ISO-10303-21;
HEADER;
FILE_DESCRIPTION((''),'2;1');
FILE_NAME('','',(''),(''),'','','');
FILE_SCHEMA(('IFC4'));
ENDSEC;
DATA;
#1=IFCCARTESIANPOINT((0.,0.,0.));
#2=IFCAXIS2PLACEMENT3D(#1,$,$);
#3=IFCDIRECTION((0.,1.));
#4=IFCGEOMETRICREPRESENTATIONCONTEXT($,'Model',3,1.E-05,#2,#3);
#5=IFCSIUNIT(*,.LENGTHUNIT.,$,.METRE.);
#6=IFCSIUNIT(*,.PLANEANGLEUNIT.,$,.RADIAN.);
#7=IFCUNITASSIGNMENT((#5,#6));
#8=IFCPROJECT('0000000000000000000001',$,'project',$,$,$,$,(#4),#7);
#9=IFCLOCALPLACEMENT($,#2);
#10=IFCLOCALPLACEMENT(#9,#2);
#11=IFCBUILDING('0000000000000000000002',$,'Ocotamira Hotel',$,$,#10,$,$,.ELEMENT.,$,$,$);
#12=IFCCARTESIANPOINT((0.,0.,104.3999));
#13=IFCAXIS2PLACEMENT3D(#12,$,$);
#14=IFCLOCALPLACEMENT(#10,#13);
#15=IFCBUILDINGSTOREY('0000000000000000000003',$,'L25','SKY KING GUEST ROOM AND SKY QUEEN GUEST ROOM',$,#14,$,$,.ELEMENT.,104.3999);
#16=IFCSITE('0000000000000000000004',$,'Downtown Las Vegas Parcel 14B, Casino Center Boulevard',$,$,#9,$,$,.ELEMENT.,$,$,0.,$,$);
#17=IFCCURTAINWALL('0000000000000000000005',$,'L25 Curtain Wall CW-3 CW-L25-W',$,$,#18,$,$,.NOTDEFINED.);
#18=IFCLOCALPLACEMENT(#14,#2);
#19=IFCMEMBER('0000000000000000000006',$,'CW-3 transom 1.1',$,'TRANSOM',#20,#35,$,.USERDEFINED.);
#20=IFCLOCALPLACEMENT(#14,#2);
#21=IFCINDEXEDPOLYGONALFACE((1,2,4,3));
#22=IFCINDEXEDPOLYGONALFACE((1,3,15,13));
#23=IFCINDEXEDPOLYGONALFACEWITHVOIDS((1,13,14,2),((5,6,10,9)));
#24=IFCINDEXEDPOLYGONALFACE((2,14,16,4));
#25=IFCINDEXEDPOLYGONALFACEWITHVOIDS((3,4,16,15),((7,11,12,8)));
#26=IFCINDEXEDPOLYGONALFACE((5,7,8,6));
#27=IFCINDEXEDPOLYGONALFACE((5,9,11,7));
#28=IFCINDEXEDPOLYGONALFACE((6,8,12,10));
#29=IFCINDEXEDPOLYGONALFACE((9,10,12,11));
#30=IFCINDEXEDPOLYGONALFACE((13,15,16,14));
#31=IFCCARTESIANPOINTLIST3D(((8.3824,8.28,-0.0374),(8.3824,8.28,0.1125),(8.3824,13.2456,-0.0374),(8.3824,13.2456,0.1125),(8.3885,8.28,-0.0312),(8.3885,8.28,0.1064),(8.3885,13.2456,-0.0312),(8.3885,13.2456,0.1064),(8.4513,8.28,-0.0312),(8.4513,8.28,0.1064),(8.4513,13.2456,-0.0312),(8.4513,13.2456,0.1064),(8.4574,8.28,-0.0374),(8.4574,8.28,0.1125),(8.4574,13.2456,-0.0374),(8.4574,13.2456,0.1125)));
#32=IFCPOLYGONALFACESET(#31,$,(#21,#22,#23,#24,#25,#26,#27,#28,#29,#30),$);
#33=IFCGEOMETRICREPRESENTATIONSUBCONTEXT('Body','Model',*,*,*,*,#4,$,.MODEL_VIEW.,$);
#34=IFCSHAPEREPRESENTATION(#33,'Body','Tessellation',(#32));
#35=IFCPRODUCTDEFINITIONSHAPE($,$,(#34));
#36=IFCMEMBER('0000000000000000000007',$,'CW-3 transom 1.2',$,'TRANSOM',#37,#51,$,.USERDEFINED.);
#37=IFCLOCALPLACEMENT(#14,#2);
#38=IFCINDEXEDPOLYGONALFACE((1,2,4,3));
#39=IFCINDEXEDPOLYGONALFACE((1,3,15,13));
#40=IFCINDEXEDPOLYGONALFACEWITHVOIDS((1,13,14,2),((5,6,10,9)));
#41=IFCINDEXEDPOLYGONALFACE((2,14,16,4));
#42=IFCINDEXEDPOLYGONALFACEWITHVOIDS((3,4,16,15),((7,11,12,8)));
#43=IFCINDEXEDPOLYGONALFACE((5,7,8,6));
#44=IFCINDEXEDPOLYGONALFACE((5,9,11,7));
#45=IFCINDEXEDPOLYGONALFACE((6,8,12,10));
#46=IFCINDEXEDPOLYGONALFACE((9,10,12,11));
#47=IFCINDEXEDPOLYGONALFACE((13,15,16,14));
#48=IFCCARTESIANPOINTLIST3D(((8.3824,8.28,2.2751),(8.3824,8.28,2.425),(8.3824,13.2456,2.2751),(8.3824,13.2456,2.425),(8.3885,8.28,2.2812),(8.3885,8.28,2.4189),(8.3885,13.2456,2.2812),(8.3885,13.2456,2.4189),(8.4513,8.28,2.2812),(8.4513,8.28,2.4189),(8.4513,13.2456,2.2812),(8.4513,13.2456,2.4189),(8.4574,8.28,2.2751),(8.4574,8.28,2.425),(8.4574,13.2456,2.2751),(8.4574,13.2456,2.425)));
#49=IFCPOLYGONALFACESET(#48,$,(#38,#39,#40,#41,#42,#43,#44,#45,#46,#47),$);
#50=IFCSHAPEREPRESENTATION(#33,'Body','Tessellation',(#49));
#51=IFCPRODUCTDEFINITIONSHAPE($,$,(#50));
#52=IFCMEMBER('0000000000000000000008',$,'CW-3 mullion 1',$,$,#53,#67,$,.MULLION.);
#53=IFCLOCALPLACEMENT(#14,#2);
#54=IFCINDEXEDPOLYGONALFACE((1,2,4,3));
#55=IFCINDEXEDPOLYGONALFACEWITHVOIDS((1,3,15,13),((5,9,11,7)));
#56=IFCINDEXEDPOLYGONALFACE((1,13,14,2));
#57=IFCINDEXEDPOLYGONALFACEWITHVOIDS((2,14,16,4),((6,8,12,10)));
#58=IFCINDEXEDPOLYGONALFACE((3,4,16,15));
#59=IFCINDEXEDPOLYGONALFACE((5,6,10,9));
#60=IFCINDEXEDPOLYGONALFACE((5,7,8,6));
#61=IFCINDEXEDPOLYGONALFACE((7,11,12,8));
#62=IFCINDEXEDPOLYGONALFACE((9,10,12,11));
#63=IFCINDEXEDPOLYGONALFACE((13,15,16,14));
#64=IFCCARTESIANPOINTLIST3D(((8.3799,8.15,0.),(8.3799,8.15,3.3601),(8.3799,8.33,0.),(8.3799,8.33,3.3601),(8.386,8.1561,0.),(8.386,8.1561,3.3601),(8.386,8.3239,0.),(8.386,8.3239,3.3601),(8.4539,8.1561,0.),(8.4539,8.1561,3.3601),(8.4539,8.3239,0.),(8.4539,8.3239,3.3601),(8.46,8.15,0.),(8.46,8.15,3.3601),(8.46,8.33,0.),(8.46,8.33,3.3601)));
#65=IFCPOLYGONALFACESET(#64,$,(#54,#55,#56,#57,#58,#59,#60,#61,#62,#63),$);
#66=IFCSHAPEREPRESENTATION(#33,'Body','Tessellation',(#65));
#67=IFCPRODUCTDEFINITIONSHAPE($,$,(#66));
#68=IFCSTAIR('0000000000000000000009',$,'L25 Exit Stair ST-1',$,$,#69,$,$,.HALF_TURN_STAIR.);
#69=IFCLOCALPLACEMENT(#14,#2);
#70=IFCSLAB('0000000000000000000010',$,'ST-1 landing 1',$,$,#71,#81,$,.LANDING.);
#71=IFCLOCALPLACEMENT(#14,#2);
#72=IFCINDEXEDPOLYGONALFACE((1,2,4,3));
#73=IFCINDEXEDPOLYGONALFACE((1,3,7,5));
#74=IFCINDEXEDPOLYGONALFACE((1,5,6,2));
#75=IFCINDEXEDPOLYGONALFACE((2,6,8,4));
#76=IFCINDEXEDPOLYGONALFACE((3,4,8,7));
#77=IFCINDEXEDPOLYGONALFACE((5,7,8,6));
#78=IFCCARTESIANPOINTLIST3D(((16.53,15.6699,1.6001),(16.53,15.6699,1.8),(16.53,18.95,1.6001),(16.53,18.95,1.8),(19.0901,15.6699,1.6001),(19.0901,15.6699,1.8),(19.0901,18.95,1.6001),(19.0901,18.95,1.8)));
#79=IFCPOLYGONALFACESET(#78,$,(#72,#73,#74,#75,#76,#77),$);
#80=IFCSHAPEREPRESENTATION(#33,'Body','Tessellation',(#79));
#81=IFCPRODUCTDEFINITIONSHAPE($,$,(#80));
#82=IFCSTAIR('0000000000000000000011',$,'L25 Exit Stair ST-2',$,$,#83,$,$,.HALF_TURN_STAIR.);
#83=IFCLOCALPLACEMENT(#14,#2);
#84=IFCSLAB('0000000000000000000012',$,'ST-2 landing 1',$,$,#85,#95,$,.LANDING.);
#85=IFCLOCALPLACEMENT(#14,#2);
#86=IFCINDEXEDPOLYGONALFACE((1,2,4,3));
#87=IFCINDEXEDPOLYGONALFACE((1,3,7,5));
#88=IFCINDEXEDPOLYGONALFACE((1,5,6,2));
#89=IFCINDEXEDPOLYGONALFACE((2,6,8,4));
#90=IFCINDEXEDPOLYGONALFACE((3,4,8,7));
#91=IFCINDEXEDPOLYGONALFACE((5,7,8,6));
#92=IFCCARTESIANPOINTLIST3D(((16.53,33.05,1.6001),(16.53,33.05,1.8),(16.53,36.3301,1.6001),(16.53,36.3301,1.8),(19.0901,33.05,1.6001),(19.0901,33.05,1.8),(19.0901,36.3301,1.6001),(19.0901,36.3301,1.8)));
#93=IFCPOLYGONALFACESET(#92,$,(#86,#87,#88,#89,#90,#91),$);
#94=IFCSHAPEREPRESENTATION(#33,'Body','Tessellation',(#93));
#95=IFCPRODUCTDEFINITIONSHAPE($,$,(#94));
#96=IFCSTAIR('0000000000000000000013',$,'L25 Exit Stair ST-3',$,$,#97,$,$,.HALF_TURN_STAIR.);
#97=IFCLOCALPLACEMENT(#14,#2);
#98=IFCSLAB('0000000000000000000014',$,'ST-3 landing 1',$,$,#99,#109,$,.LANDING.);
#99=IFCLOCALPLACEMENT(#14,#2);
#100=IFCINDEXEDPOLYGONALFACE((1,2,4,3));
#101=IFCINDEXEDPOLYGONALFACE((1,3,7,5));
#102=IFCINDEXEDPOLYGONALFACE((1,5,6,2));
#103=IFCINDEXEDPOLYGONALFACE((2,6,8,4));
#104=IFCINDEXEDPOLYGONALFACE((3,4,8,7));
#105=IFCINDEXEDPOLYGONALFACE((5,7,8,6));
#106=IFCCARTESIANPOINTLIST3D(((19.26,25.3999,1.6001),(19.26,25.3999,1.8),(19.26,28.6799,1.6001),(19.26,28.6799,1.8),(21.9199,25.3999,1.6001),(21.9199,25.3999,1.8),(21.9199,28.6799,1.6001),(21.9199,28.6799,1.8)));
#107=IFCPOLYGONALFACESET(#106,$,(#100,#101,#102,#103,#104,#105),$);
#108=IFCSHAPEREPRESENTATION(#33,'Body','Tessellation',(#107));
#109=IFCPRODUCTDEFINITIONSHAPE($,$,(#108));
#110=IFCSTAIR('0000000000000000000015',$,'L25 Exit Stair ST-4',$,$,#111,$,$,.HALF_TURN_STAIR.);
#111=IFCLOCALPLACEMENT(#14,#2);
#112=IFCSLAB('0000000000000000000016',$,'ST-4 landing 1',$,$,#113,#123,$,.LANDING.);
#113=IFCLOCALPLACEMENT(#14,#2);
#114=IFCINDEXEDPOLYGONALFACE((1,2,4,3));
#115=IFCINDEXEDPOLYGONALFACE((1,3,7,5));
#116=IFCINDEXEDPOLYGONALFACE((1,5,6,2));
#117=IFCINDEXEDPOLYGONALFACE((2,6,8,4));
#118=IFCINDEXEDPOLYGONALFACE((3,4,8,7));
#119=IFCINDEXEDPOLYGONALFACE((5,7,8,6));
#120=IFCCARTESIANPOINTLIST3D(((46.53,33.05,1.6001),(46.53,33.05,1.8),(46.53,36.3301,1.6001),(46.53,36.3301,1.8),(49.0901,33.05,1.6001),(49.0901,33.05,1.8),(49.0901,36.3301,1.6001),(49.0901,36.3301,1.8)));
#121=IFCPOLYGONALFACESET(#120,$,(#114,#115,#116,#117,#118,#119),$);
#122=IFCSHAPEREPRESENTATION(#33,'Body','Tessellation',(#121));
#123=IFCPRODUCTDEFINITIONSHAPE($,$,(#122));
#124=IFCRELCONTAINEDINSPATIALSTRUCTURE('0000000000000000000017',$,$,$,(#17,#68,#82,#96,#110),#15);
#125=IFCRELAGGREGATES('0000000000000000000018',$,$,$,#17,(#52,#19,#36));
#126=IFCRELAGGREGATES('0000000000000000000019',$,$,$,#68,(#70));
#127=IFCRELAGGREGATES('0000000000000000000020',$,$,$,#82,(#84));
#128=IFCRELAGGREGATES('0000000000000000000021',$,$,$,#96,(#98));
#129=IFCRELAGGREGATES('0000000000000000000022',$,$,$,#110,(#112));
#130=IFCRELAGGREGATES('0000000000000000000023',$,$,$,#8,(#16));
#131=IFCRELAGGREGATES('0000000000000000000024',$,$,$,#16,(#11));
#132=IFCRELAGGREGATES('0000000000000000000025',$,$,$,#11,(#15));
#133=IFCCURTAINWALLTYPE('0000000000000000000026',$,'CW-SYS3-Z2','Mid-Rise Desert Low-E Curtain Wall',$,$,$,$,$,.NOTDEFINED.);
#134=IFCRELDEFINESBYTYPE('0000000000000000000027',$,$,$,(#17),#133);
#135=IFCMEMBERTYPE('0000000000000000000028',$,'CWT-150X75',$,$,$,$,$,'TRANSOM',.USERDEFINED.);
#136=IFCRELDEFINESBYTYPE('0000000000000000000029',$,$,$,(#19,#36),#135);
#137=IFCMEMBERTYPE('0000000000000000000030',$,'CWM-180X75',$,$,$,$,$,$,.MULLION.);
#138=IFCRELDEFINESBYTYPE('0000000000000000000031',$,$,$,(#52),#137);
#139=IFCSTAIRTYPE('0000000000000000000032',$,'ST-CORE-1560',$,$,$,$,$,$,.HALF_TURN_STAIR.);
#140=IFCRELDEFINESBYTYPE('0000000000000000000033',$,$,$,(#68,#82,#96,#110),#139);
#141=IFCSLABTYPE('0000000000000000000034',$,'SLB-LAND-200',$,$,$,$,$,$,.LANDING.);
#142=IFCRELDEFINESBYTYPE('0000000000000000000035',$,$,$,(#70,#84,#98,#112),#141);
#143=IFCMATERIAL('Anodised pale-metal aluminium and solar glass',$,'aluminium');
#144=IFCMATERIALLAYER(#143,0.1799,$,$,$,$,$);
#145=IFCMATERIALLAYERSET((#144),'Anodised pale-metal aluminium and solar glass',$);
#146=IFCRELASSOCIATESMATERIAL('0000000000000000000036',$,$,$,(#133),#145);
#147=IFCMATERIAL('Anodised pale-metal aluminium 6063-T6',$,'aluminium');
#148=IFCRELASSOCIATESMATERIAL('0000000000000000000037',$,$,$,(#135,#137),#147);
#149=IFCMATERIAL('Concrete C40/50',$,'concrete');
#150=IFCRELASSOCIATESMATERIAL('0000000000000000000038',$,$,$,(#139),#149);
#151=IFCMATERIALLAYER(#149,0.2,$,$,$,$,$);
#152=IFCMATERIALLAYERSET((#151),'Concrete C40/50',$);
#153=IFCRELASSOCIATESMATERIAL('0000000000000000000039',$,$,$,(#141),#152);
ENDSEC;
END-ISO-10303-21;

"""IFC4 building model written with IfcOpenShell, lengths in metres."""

from ifc_helpers import new_model, si_unit, direction, frame, origin, origin_2d, place, context, subcontext, project, spatial, polyline, hollow_rectangle, outline, extrude, source, transform, mapped, material, layer, layer_set, material_profile, profile_set, type_object, element, aggregate, save


model = new_model("IFC4")

# Units and contexts
model_context = context("Model", 3, precision=1e-05, world=origin(), true_north=direction((0.0, 1.0)))
body_context = subcontext(model_context, "Body", "Model", "MODEL_VIEW")
ifc_project = project(units=[si_unit("LENGTHUNIT", "METRE"), si_unit("PLANEANGLEUNIT", "RADIAN")], contexts=[model_context])

# Site, building, storey
site_placement = place(None, origin())
site = spatial("IfcSite", under=ifc_project, at=site_placement, Name="Downtown Las Vegas Parcel 14B, Casino Center Boulevard", CompositionType="ELEMENT", RefElevation=0.0)
building_placement = place(site_placement, origin())
building = spatial("IfcBuilding", under=site, at=building_placement, Name="Ocotamira Hotel", CompositionType="ELEMENT")
storey_placement = place(building_placement, frame((0.0, 0.0, 104.3999)))
storey = spatial("IfcBuildingStorey", under=building, at=storey_placement, Name="L25", Description="SKY KING GUEST ROOM AND SKY QUEEN GUEST ROOM", CompositionType="ELEMENT", Elevation=104.3999)

# Curtain wall, members
ifc_material_1 = material(Name="Anodised pale-metal aluminium and solar glass", Category="aluminium")
ifc_layer_1 = layer(ifc_material_1, 0.1799)
ifc_layer_set_1 = layer_set([ifc_layer_1], Name="Anodised pale-metal aluminium and solar glass")
curtain_wall_type = type_object("IfcCurtainWallType", Name="CW-SYS3-Z2", Description="Mid-Rise Desert Low-E Curtain Wall", PredefinedType="NOTDEFINED", material=ifc_layer_set_1)
curtain_wall_placement = place(storey_placement, origin())
curtain_wall = element("IfcCurtainWall", 1, at=curtain_wall_placement, inside=storey, type_object=curtain_wall_type, Name="L25 Curtain Wall CW-3 CW-L25-W", PredefinedType="NOTDEFINED")
ifc_material_2 = material(Name="Anodised pale-metal aluminium 6063-T6", Category="aluminium")
ifc_material_profile_1 = material_profile(ifc_material_2, hollow_rectangle(XDim=0.075, YDim=0.1499, WallThickness=0.0061, at=origin_2d()), Name="HSS150X75X6")
ifc_profile_set_1 = profile_set([ifc_material_profile_1], Name="Anodised pale-metal aluminium 6063-T6")
member_type_1 = type_object("IfcMemberType", Name="CWT-150X75", ElementType="TRANSOM", PredefinedType="USERDEFINED", material=ifc_profile_set_1)
shared_shape_1 = source(origin(), body_context, "Body", "SweptSolid", [
    extrude(hollow_rectangle(XDim=0.075, YDim=0.1499, WallThickness=0.0061, at=origin_2d()), origin(), (0.0, 0.0, 1.0), 4.9656),
])
member_1_placement = place(storey_placement, frame((8.4199, 8.28, 0.0376), z_axis=(0.0, 1.0, 0.0), x_axis=(-1.0, 0.0, 0.0)))
member_1 = element("IfcMember", 2, at=member_1_placement, type_object=member_type_1, Name="CW-3 transom 1.1", ObjectType="TRANSOM", PredefinedType="USERDEFINED", context=body_context, shape_type="MappedRepresentation", body=[
    mapped(shared_shape_1, transform((0.0, 0.0, 0.0), scale=1.0)),
])
member_2_placement = place(storey_placement, frame((8.4199, 8.28, 2.3501), z_axis=(0.0, 1.0, 0.0), x_axis=(-1.0, 0.0, 0.0)))
member_2 = element("IfcMember", 3, at=member_2_placement, type_object=member_type_1, Name="CW-3 transom 1.2", ObjectType="TRANSOM", PredefinedType="USERDEFINED", context=body_context, shape_type="MappedRepresentation", body=[
    mapped(shared_shape_1, transform((0.0, 0.0, 0.0), scale=1.0)),
])
ifc_material_profile_2 = material_profile(ifc_material_2, hollow_rectangle(XDim=0.0801, YDim=0.1799, WallThickness=0.0061, at=origin_2d()), Name="HSS180X80X6")
ifc_profile_set_2 = profile_set([ifc_material_profile_2], Name="Anodised pale-metal aluminium 6063-T6")
member_type_2 = type_object("IfcMemberType", Name="CWM-180X75", PredefinedType="MULLION", material=ifc_profile_set_2)
shared_shape_2 = source(origin(), body_context, "Body", "SweptSolid", [
    extrude(hollow_rectangle(XDim=0.0801, YDim=0.1799, WallThickness=0.0061, at=origin_2d()), origin(), (0.0, 0.0, 1.0), 3.3601),
])
member_3_placement = place(storey_placement, frame((8.4199, 8.24, 0.0), z_axis=(0.0, 0.0, 1.0), x_axis=(-1.0, 0.0, 0.0)))
member_3 = element("IfcMember", 4, at=member_3_placement, type_object=member_type_2, Name="CW-3 mullion 1", PredefinedType="MULLION", context=body_context, shape_type="MappedRepresentation", body=[
    mapped(shared_shape_2, transform((0.0, 0.0, 0.0), scale=1.0)),
])
aggregate(curtain_wall, [member_3, member_1, member_2])

# Stairs, slabs
ifc_material_3 = material(Name="Concrete C40/50", Category="concrete")
stair_type = type_object("IfcStairType", Name="ST-CORE-1560", PredefinedType="HALF_TURN_STAIR", material=ifc_material_3)
stair_1_placement = place(storey_placement, origin())
stair_1 = element("IfcStair", 5, at=stair_1_placement, inside=storey, type_object=stair_type, Name="L25 Exit Stair ST-1", PredefinedType="HALF_TURN_STAIR")
ifc_layer_2 = layer(ifc_material_3, 0.2)
ifc_layer_set_2 = layer_set([ifc_layer_2], Name="Concrete C40/50")
slab_type_1 = type_object("IfcSlabType", Name="SLB-LAND-200", PredefinedType="LANDING", material=ifc_layer_set_2)
slab_1_placement = place(storey_placement, frame((0.0, 0.0, 1.6001)))
slab_1 = element("IfcSlab", 6, at=slab_1_placement, type_object=slab_type_1, Name="ST-1 landing 1", PredefinedType="LANDING", context=body_context, shape_type="SweptSolid", body=[
    extrude(outline(polyline([(16.53, 15.6699), (19.0901, 15.6699), (19.0901, 18.95), (16.53, 18.95), (16.53, 15.6699)])), origin(), (0.0, 0.0, 1.0), 0.2),
])
aggregate(stair_1, [slab_1])
stair_2_placement = place(storey_placement, origin())
stair_2 = element("IfcStair", 7, at=stair_2_placement, inside=storey, type_object=stair_type, Name="L25 Exit Stair ST-2", PredefinedType="HALF_TURN_STAIR")
slab_2_placement = place(storey_placement, frame((0.0, 0.0, 1.6001)))
slab_2 = element("IfcSlab", 8, at=slab_2_placement, type_object=slab_type_1, Name="ST-2 landing 1", PredefinedType="LANDING", context=body_context, shape_type="SweptSolid", body=[
    extrude(outline(polyline([(16.53, 33.05), (19.0901, 33.05), (19.0901, 36.3301), (16.53, 36.3301), (16.53, 33.05)])), origin(), (0.0, 0.0, 1.0), 0.2),
])
aggregate(stair_2, [slab_2])
stair_3_placement = place(storey_placement, origin())
stair_3 = element("IfcStair", 9, at=stair_3_placement, inside=storey, type_object=stair_type, Name="L25 Exit Stair ST-3", PredefinedType="HALF_TURN_STAIR")
slab_3_placement = place(storey_placement, frame((0.0, 0.0, 1.6001)))
slab_3 = element("IfcSlab", 10, at=slab_3_placement, type_object=slab_type_1, Name="ST-3 landing 1", PredefinedType="LANDING", context=body_context, shape_type="SweptSolid", body=[
    extrude(outline(polyline([(19.26, 25.3999), (21.9199, 25.3999), (21.9199, 28.6799), (19.26, 28.6799), (19.26, 25.3999)])), origin(), (0.0, 0.0, 1.0), 0.2),
])
aggregate(stair_3, [slab_3])
stair_4_placement = place(storey_placement, origin())
stair_4 = element("IfcStair", 11, at=stair_4_placement, inside=storey, type_object=stair_type, Name="L25 Exit Stair ST-4", PredefinedType="HALF_TURN_STAIR")
slab_4_placement = place(storey_placement, frame((0.0, 0.0, 1.6001)))
slab_4 = element("IfcSlab", 12, at=slab_4_placement, type_object=slab_type_1, Name="ST-4 landing 1", PredefinedType="LANDING", context=body_context, shape_type="SweptSolid", body=[
    extrude(outline(polyline([(46.53, 33.05), (49.0901, 33.05), (49.0901, 36.3301), (46.53, 36.3301), (46.53, 33.05)])), origin(), (0.0, 0.0, 1.0), 0.2),
])
aggregate(stair_4, [slab_4])

save(model, "model.ifc")
